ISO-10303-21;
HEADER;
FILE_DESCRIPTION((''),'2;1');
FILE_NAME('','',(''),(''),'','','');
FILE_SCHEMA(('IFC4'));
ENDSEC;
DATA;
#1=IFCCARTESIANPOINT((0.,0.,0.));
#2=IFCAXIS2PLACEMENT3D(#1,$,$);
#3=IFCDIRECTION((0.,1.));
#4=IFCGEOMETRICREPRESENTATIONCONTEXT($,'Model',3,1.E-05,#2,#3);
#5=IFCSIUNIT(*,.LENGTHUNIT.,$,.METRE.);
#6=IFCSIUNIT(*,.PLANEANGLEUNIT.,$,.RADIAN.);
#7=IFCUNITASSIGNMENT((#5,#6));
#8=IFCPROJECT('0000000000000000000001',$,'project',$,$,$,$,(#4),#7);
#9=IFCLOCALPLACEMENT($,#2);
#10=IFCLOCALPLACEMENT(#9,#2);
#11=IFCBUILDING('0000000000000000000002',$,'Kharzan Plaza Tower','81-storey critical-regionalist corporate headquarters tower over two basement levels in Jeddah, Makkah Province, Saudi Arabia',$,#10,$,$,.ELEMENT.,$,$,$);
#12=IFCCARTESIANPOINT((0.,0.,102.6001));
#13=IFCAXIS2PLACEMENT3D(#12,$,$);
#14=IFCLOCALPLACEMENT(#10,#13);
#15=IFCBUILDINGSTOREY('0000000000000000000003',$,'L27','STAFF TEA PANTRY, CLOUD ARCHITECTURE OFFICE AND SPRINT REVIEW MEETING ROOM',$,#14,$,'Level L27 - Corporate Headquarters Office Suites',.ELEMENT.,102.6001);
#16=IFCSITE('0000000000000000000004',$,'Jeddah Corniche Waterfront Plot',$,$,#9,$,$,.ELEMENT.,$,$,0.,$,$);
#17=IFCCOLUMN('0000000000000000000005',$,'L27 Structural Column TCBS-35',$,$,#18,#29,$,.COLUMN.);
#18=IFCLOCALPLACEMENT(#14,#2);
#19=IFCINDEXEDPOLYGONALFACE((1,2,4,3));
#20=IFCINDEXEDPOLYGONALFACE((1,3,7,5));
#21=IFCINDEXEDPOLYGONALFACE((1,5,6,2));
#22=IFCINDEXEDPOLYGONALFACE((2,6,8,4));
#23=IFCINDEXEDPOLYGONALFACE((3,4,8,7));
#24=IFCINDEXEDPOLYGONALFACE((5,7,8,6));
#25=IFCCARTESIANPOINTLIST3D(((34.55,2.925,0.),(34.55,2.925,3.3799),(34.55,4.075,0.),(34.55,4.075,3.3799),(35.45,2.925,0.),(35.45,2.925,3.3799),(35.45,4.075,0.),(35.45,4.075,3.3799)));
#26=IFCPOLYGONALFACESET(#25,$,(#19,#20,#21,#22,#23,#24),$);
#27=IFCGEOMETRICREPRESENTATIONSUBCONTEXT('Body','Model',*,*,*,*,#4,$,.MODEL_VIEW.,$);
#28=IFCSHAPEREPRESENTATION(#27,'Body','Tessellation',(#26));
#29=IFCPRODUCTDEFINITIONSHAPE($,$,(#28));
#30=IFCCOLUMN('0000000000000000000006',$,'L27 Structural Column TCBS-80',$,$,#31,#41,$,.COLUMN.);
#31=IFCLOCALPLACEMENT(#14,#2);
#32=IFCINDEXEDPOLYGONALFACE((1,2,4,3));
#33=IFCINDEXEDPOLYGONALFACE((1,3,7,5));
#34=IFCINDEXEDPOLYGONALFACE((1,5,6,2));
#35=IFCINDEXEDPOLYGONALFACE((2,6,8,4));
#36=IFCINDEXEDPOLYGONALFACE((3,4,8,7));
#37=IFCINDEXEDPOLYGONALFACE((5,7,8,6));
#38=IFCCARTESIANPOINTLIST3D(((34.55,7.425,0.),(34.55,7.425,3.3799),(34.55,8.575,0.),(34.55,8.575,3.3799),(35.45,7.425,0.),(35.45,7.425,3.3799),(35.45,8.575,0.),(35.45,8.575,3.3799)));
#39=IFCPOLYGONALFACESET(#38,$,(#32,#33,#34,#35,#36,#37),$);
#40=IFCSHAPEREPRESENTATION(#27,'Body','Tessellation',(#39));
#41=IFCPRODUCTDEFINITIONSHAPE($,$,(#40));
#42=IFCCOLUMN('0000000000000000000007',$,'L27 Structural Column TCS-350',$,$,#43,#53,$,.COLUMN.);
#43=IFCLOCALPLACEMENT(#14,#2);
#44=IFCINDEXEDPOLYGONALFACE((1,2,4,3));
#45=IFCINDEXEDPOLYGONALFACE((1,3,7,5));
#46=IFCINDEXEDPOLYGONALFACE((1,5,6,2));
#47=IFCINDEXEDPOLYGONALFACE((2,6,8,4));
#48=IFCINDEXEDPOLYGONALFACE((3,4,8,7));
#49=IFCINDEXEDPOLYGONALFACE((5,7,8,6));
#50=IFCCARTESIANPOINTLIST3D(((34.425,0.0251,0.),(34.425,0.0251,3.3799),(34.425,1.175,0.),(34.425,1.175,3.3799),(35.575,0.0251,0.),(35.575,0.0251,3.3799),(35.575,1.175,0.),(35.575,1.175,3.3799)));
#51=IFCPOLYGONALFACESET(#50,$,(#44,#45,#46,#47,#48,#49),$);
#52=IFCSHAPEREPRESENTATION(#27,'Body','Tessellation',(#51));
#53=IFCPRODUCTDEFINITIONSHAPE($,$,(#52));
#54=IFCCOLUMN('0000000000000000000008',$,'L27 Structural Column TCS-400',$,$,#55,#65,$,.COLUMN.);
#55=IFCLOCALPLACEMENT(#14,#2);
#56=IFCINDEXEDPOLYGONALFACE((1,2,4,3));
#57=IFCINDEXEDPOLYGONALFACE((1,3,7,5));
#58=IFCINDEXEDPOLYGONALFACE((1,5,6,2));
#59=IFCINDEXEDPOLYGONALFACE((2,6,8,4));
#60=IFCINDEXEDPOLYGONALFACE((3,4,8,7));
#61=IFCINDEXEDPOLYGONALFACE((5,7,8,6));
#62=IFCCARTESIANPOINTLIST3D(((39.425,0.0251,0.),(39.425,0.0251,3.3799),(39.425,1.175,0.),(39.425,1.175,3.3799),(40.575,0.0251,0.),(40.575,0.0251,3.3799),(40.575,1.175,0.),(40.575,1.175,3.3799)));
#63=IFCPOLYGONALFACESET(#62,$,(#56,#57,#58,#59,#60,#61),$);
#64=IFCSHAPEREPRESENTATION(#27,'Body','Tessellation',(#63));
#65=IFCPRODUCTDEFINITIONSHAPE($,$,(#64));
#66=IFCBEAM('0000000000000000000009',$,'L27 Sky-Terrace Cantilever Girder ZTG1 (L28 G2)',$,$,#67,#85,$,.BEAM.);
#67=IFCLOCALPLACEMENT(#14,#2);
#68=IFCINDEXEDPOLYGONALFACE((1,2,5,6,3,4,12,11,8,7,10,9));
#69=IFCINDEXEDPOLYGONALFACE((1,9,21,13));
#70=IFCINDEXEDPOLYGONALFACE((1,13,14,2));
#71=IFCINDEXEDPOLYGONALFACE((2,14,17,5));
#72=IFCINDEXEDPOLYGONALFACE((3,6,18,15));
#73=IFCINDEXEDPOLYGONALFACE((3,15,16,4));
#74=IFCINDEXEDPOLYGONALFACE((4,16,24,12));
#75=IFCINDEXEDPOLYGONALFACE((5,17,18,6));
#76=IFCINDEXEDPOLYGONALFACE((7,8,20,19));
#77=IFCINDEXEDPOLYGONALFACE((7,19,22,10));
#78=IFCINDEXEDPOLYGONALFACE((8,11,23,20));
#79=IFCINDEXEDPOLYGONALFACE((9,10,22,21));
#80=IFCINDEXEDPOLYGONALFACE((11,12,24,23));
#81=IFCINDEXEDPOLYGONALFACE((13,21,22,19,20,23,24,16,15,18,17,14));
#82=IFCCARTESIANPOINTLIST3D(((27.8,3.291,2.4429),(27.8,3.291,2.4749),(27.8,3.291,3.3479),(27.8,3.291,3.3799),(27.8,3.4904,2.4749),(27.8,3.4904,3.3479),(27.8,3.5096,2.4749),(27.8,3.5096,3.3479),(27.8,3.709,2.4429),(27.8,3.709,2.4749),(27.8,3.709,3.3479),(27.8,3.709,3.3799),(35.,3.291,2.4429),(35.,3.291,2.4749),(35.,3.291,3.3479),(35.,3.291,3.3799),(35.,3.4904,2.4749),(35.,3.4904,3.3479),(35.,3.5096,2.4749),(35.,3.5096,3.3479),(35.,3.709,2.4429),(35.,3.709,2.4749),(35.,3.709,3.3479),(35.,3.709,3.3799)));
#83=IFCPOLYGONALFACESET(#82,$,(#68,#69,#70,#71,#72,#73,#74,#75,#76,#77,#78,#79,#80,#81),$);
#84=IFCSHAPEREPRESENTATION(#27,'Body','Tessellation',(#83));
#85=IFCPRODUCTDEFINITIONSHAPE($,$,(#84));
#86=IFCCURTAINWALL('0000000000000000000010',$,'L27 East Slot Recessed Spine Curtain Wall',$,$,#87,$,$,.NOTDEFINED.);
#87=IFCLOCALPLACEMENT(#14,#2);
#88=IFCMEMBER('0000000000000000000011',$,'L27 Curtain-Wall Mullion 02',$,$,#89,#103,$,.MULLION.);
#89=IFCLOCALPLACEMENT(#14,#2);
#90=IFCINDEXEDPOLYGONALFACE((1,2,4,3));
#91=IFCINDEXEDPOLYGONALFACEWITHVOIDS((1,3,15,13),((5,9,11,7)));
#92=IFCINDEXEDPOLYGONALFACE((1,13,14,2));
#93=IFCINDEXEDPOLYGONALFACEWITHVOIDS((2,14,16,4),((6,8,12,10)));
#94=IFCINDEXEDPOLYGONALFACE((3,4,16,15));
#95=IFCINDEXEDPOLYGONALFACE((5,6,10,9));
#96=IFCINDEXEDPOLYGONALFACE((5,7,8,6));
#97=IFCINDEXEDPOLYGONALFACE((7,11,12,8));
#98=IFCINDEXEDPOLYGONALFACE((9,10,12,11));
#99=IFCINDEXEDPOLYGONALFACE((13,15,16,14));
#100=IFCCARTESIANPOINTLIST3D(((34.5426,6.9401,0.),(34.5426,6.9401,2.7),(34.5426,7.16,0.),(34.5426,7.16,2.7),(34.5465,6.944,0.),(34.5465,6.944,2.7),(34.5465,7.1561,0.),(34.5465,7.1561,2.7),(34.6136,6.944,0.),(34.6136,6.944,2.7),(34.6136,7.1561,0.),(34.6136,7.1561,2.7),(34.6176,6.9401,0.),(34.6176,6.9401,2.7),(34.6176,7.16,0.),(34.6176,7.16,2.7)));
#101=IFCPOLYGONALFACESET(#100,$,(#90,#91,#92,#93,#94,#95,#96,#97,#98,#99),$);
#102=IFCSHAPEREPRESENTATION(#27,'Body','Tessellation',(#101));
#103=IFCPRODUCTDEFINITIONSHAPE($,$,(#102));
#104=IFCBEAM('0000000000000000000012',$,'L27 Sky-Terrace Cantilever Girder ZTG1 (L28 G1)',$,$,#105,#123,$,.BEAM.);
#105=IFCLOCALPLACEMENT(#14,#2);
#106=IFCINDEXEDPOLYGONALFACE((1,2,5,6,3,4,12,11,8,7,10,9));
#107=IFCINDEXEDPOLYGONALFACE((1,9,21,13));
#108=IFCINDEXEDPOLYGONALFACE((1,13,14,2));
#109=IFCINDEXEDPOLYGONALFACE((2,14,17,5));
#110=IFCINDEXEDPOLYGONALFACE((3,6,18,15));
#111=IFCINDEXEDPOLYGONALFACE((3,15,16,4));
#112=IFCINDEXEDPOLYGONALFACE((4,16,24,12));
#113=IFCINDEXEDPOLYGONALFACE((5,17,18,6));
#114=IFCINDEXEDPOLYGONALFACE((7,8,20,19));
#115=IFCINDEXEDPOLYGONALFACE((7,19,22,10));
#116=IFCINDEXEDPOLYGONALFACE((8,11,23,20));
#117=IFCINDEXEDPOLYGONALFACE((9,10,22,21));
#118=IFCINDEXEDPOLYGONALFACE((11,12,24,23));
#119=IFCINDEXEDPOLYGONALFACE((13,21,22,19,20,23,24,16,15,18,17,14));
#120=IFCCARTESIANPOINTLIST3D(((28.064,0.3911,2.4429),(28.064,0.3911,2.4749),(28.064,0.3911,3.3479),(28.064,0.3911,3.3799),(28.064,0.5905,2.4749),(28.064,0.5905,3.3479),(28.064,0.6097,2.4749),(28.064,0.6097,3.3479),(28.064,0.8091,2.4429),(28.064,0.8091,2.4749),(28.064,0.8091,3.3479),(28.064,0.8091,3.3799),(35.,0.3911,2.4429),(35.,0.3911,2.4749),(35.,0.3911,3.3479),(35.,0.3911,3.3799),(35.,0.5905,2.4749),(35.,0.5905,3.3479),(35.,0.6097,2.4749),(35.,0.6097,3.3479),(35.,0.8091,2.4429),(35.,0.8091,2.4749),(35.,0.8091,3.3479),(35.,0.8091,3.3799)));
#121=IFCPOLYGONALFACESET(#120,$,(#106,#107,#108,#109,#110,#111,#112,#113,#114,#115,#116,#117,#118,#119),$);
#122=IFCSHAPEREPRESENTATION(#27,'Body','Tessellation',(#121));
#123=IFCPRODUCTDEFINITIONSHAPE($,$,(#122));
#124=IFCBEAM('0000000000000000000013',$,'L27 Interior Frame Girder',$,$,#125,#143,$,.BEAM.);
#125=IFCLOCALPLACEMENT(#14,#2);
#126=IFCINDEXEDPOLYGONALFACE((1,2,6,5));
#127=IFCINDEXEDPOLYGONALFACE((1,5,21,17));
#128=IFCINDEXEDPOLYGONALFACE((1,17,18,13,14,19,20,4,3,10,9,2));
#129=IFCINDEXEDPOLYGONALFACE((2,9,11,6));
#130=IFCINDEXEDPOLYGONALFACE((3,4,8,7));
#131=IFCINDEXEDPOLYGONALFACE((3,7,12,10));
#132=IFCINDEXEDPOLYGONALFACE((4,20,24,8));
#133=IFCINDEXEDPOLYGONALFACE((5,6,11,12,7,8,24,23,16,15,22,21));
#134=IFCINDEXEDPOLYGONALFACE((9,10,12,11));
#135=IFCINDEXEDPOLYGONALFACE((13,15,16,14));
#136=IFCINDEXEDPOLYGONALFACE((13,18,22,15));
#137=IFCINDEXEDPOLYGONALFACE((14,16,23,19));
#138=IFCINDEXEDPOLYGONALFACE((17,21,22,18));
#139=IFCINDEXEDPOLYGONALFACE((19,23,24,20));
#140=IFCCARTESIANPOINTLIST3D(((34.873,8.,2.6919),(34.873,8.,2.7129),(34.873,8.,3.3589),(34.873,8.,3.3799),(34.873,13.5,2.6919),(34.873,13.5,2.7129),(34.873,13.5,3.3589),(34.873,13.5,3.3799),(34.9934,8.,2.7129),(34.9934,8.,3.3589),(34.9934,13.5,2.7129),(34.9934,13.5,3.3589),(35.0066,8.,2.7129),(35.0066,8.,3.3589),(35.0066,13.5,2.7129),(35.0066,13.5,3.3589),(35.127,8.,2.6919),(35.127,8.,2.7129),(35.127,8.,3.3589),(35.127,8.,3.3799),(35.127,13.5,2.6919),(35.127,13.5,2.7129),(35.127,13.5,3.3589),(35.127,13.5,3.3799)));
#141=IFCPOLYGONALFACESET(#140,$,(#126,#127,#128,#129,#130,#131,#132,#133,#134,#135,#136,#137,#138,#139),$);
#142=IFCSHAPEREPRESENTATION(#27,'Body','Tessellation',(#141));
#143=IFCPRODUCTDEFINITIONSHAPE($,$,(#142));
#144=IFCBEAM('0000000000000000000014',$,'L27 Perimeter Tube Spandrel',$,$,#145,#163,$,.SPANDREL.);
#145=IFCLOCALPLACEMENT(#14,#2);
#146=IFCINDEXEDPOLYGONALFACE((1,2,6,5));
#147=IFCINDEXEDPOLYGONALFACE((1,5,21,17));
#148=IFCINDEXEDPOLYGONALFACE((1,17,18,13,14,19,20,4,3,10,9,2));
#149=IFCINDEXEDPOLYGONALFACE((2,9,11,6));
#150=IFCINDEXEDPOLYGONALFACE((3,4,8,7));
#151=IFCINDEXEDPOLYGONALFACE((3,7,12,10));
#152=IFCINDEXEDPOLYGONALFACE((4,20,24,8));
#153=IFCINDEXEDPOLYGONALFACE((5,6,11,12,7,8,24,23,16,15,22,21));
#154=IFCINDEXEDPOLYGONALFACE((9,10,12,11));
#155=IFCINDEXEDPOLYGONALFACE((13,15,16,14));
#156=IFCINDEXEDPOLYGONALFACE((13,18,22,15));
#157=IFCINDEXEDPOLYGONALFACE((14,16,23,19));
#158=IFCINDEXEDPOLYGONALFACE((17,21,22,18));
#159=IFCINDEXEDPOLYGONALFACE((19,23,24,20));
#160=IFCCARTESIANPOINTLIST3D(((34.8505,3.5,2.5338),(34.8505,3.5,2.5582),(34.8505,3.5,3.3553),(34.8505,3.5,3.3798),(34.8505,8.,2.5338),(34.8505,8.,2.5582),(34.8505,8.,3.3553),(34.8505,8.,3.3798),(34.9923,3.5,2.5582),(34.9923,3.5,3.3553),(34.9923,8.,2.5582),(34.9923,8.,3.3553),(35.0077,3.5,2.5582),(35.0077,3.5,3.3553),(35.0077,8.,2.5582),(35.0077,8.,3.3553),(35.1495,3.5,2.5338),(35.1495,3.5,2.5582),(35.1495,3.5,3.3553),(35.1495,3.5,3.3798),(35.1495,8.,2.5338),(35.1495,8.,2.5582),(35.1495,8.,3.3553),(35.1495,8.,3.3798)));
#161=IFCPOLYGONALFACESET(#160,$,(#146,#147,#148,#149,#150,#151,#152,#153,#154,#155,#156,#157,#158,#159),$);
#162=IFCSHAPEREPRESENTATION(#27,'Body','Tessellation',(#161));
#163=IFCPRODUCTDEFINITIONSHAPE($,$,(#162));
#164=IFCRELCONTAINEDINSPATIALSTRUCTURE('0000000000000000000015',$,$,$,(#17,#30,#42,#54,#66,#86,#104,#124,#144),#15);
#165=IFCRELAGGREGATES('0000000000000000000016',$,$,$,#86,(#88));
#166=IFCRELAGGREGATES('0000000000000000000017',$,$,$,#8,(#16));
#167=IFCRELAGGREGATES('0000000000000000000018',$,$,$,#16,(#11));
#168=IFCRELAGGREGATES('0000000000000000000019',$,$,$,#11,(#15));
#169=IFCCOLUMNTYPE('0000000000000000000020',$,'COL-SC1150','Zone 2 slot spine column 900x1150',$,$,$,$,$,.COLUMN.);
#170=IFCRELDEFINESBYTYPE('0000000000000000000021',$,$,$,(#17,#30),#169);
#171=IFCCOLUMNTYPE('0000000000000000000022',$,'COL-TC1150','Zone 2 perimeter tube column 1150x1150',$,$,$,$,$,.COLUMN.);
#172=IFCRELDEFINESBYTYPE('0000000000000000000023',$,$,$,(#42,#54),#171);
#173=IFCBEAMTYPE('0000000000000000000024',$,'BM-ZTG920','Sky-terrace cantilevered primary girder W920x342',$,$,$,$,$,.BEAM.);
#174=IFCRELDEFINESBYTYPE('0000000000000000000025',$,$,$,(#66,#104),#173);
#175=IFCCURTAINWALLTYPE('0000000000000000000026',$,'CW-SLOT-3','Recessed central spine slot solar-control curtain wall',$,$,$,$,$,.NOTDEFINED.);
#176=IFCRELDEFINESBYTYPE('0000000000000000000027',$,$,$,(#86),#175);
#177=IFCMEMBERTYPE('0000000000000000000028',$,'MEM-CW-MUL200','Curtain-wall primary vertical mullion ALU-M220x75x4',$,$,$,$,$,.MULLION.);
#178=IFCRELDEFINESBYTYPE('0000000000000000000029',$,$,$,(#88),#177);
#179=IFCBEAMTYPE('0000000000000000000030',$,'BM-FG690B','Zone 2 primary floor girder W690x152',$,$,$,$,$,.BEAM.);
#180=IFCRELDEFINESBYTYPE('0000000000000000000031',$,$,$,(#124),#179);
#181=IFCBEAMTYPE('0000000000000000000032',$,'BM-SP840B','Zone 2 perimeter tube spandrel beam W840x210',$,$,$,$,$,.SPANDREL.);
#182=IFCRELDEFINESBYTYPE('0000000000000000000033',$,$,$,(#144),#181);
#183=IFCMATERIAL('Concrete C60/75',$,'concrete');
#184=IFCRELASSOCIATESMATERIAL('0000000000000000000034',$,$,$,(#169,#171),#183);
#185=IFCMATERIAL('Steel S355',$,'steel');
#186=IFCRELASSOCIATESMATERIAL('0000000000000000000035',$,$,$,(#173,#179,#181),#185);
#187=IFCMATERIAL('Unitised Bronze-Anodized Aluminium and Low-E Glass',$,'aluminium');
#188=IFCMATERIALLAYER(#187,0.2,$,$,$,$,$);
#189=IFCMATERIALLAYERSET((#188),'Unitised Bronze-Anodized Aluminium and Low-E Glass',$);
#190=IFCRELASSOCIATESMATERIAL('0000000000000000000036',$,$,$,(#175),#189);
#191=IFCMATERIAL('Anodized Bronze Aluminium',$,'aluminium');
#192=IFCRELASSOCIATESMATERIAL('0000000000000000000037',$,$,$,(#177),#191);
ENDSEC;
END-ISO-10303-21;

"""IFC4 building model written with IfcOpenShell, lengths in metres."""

from ifc_helpers import new_model, si_unit, direction, frame, origin, origin_2d, place, context, subcontext, project, spatial, rectangle, hollow_rectangle, i_section, extrude, source, transform, mapped, material, layer, layer_set, material_profile, profile_set, type_object, element, aggregate, save


model = new_model("IFC4")

# Units and contexts
model_context = context("Model", 3, precision=1e-05, world=origin(), true_north=direction((0.0, 1.0)))
body_context = subcontext(model_context, "Body", "Model", "MODEL_VIEW")
ifc_project = project(units=[si_unit("LENGTHUNIT", "METRE"), si_unit("PLANEANGLEUNIT", "RADIAN")], contexts=[model_context])

# Site, building, storey
site_placement = place(None, origin())
site = spatial("IfcSite", under=ifc_project, at=site_placement, Name="Jeddah Corniche Waterfront Plot", CompositionType="ELEMENT", RefElevation=0.0)
building_placement = place(site_placement, origin())
building = spatial("IfcBuilding", under=site, at=building_placement, Name="Kharzan Plaza Tower", Description="81-storey critical-regionalist corporate headquarters tower over two basement levels in Jeddah, Makkah Province, Saudi Arabia", CompositionType="ELEMENT")
storey_placement = place(building_placement, frame((0.0, 0.0, 102.6001)))
storey = spatial("IfcBuildingStorey", under=building, at=storey_placement, Name="L27", Description="STAFF TEA PANTRY, CLOUD ARCHITECTURE OFFICE AND SPRINT REVIEW MEETING ROOM", LongName="Level L27 - Corporate Headquarters Office Suites", CompositionType="ELEMENT", Elevation=102.6001)

# Columns
ifc_material_1 = material(Name="Concrete C60/75", Category="concrete")
ifc_material_profile_1 = material_profile(ifc_material_1, rectangle(XDim=0.8999, YDim=1.1499, at=origin_2d()), Name="RC-SC1150x900")
ifc_profile_set_1 = profile_set([ifc_material_profile_1], Name="Concrete C60/75")
column_type_1 = type_object("IfcColumnType", Name="COL-SC1150", Description="Zone 2 slot spine column 900x1150", PredefinedType="COLUMN", material=ifc_profile_set_1)
shared_shape_1 = source(origin(), body_context, "Body", "SweptSolid", [
    extrude(rectangle(XDim=0.8999, YDim=1.1499, at=origin_2d()), origin(), (0.0, 0.0, 1.0), 3.3799),
])
for number, where, z_axis, x_axis, name in (
    (1, (35.0, 3.5, 0.0), (0.0, 0.0, 1.0), (1.0, 0.0, 0.0), "L27 Structural Column TCBS-35"),
    (2, (35.0, 8.0, 0.0), (0.0, 0.0, 1.0), (1.0, 0.0, 0.0), "L27 Structural Column TCBS-80"),
):
    element("IfcColumn", number, at=place(storey_placement, frame(where, z_axis=z_axis, x_axis=x_axis)), inside=storey, type_object=column_type_1, Name=name, PredefinedType="COLUMN", context=body_context, shape_type="MappedRepresentation", body=[
        mapped(shared_shape_1, transform((0.0, 0.0, 0.0), x_axis=(1.0, 0.0, 0.0), y_axis=(0.0, 1.0, 0.0), z_axis=(0.0, 0.0, 1.0))),
    ])
ifc_material_profile_2 = material_profile(ifc_material_1, rectangle(XDim=1.1499, YDim=1.1499, at=origin_2d()), Name="RC-TC1150x1150")
ifc_profile_set_2 = profile_set([ifc_material_profile_2], Name="Concrete C60/75")
column_type_2 = type_object("IfcColumnType", Name="COL-TC1150", Description="Zone 2 perimeter tube column 1150x1150", PredefinedType="COLUMN", material=ifc_profile_set_2)
shared_shape_2 = source(origin(), body_context, "Body", "SweptSolid", [
    extrude(rectangle(XDim=1.1499, YDim=1.1499, at=origin_2d()), origin(), (0.0, 0.0, 1.0), 3.3799),
])
for number, where, z_axis, x_axis, name in (
    (3, (35.0, 0.6001, 0.0), (0.0, 0.0, 1.0), (1.0, 0.0, 0.0), "L27 Structural Column TCS-350"),
    (4, (40.0, 0.6001, 0.0), (0.0, 0.0, 1.0), (1.0, 0.0, 0.0), "L27 Structural Column TCS-400"),
):
    element("IfcColumn", number, at=place(storey_placement, frame(where, z_axis=z_axis, x_axis=x_axis)), inside=storey, type_object=column_type_2, Name=name, PredefinedType="COLUMN", context=body_context, shape_type="MappedRepresentation", body=[
        mapped(shared_shape_2, transform((0.0, 0.0, 0.0), x_axis=(1.0, 0.0, 0.0), y_axis=(0.0, 1.0, 0.0), z_axis=(0.0, 0.0, 1.0))),
    ])

# Beam
ifc_material_2 = material(Name="Steel S355", Category="steel")
ifc_material_profile_3 = material_profile(ifc_material_2, i_section(OverallWidth=0.418, OverallDepth=0.937, WebThickness=0.0193, FlangeThickness=0.032, at=origin_2d()), Name="W920x342")
ifc_profile_set_3 = profile_set([ifc_material_profile_3], Name="Steel S355")
beam_type_1 = type_object("IfcBeamType", Name="BM-ZTG920", Description="Sky-terrace cantilevered primary girder W920x342", PredefinedType="BEAM", material=ifc_profile_set_3)
shared_shape_3 = source(origin(), body_context, "Body", "SweptSolid", [
    extrude(i_section(OverallWidth=0.418, OverallDepth=0.937, WebThickness=0.0193, FlangeThickness=0.032, at=origin_2d()), origin(), (0.0, 0.0, 1.0), 7.2),
])
beam_1_placement = place(storey_placement, frame((35.0, 3.5, 2.9114), z_axis=(-1.0, 0.0, 0.0), x_axis=(0.0, -1.0, 0.0)))
element("IfcBeam", 5, at=beam_1_placement, inside=storey, type_object=beam_type_1, Name="L27 Sky-Terrace Cantilever Girder ZTG1 (L28 G2)", PredefinedType="BEAM", context=body_context, shape_type="MappedRepresentation", body=[
    mapped(shared_shape_3, transform((0.0, 0.0, 0.0), x_axis=(1.0, 0.0, 0.0), y_axis=(0.0, 1.0, 0.0), z_axis=(0.0, 0.0, 1.0))),
])

# Curtain wall, member
ifc_material_3 = material(Name="Unitised Bronze-Anodized Aluminium and Low-E Glass", Category="aluminium")
ifc_layer_1 = layer(ifc_material_3, 0.2)
ifc_layer_set_1 = layer_set([ifc_layer_1], Name="Unitised Bronze-Anodized Aluminium and Low-E Glass")
curtain_wall_type = type_object("IfcCurtainWallType", Name="CW-SLOT-3", Description="Recessed central spine slot solar-control curtain wall", PredefinedType="NOTDEFINED", material=ifc_layer_set_1)
curtain_wall_placement = place(storey_placement, origin())
curtain_wall = element("IfcCurtainWall", 6, at=curtain_wall_placement, inside=storey, type_object=curtain_wall_type, Name="L27 East Slot Recessed Spine Curtain Wall", PredefinedType="NOTDEFINED")
ifc_material_4 = material(Name="Anodized Bronze Aluminium", Category="aluminium")
ifc_material_profile_4 = material_profile(ifc_material_4, hollow_rectangle(XDim=0.075, YDim=0.22, WallThickness=0.0039, at=origin_2d()), Name="ALU-M220x75x4")
ifc_profile_set_4 = profile_set([ifc_material_profile_4], Name="Anodized Bronze Aluminium")
member_type = type_object("IfcMemberType", Name="MEM-CW-MUL200", Description="Curtain-wall primary vertical mullion ALU-M220x75x4", PredefinedType="MULLION", material=ifc_profile_set_4)
shared_shape_4 = source(origin(), body_context, "Body", "SweptSolid", [
    extrude(hollow_rectangle(XDim=0.075, YDim=0.22, WallThickness=0.0039, at=origin_2d()), origin(), (0.0, 0.0, 1.0), 2.7),
])
member_placement = place(storey_placement, frame((34.5801, 7.05, 0.0), z_axis=(0.0, 0.0, 1.0), x_axis=(1.0, 0.0, 0.0)))
member = element("IfcMember", 7, at=member_placement, type_object=member_type, Name="L27 Curtain-Wall Mullion 02", PredefinedType="MULLION", context=body_context, shape_type="MappedRepresentation", body=[
    mapped(shared_shape_4, transform((0.0, 0.0, 0.0), x_axis=(1.0, 0.0, 0.0), y_axis=(0.0, 1.0, 0.0), z_axis=(0.0, 0.0, 1.0))),
])
aggregate(curtain_wall, [member])

# Beams
shared_shape_5 = source(origin(), body_context, "Body", "SweptSolid", [
    extrude(i_section(OverallWidth=0.418, OverallDepth=0.937, WebThickness=0.0193, FlangeThickness=0.032, at=origin_2d()), origin(), (0.0, 0.0, 1.0), 6.936),
])
beam_2_placement = place(storey_placement, frame((35.0, 0.6001, 2.9114), z_axis=(-1.0, 0.0, 0.0), x_axis=(0.0, -1.0, 0.0)))
element("IfcBeam", 8, at=beam_2_placement, inside=storey, type_object=beam_type_1, Name="L27 Sky-Terrace Cantilever Girder ZTG1 (L28 G1)", PredefinedType="BEAM", context=body_context, shape_type="MappedRepresentation", body=[
    mapped(shared_shape_5, transform((0.0, 0.0, 0.0), x_axis=(1.0, 0.0, 0.0), y_axis=(0.0, 1.0, 0.0), z_axis=(0.0, 0.0, 1.0))),
])
ifc_material_profile_5 = material_profile(ifc_material_2, i_section(OverallWidth=0.2539, OverallDepth=0.688, WebThickness=0.0132, FlangeThickness=0.021, at=origin_2d()), Name="W690x152")
ifc_profile_set_5 = profile_set([ifc_material_profile_5], Name="Steel S355")
beam_type_2 = type_object("IfcBeamType", Name="BM-FG690B", Description="Zone 2 primary floor girder W690x152", PredefinedType="BEAM", material=ifc_profile_set_5)
shared_shape_6 = source(origin(), body_context, "Body", "SweptSolid", [
    extrude(i_section(OverallWidth=0.2539, OverallDepth=0.688, WebThickness=0.0132, FlangeThickness=0.021, at=origin_2d()), origin(), (0.0, 0.0, 1.0), 5.5),
])
beam_3_placement = place(storey_placement, frame((35.0, 8.0, 3.0359), z_axis=(0.0, 1.0, 0.0), x_axis=(-1.0, 0.0, 0.0)))
element("IfcBeam", 9, at=beam_3_placement, inside=storey, type_object=beam_type_2, Name="L27 Interior Frame Girder", PredefinedType="BEAM", context=body_context, shape_type="MappedRepresentation", body=[
    mapped(shared_shape_6, transform((0.0, 0.0, 0.0), x_axis=(1.0, 0.0, 0.0), y_axis=(0.0, 1.0, 0.0), z_axis=(0.0, 0.0, 1.0))),
])
ifc_material_profile_6 = material_profile(ifc_material_2, i_section(OverallWidth=0.2991, OverallDepth=0.8459, WebThickness=0.0154, FlangeThickness=0.0244, at=origin_2d()), Name="W840x210")
ifc_profile_set_6 = profile_set([ifc_material_profile_6], Name="Steel S355")
beam_type_3 = type_object("IfcBeamType", Name="BM-SP840B", Description="Zone 2 perimeter tube spandrel beam W840x210", PredefinedType="SPANDREL", material=ifc_profile_set_6)
shared_shape_7 = source(origin(), body_context, "Body", "SweptSolid", [
    extrude(i_section(OverallWidth=0.2991, OverallDepth=0.8459, WebThickness=0.0154, FlangeThickness=0.0244, at=origin_2d()), origin(), (0.0, 0.0, 1.0), 4.5),
])
beam_4_placement = place(storey_placement, frame((35.0, 3.5, 2.9568), z_axis=(0.0, 1.0, 0.0), x_axis=(-1.0, 0.0, 0.0)))
element("IfcBeam", 10, at=beam_4_placement, inside=storey, type_object=beam_type_3, Name="L27 Perimeter Tube Spandrel", PredefinedType="SPANDREL", context=body_context, shape_type="MappedRepresentation", body=[
    mapped(shared_shape_7, transform((0.0, 0.0, 0.0), x_axis=(1.0, 0.0, 0.0), y_axis=(0.0, 1.0, 0.0), z_axis=(0.0, 0.0, 1.0))),
])

save(model, "model.ifc")
